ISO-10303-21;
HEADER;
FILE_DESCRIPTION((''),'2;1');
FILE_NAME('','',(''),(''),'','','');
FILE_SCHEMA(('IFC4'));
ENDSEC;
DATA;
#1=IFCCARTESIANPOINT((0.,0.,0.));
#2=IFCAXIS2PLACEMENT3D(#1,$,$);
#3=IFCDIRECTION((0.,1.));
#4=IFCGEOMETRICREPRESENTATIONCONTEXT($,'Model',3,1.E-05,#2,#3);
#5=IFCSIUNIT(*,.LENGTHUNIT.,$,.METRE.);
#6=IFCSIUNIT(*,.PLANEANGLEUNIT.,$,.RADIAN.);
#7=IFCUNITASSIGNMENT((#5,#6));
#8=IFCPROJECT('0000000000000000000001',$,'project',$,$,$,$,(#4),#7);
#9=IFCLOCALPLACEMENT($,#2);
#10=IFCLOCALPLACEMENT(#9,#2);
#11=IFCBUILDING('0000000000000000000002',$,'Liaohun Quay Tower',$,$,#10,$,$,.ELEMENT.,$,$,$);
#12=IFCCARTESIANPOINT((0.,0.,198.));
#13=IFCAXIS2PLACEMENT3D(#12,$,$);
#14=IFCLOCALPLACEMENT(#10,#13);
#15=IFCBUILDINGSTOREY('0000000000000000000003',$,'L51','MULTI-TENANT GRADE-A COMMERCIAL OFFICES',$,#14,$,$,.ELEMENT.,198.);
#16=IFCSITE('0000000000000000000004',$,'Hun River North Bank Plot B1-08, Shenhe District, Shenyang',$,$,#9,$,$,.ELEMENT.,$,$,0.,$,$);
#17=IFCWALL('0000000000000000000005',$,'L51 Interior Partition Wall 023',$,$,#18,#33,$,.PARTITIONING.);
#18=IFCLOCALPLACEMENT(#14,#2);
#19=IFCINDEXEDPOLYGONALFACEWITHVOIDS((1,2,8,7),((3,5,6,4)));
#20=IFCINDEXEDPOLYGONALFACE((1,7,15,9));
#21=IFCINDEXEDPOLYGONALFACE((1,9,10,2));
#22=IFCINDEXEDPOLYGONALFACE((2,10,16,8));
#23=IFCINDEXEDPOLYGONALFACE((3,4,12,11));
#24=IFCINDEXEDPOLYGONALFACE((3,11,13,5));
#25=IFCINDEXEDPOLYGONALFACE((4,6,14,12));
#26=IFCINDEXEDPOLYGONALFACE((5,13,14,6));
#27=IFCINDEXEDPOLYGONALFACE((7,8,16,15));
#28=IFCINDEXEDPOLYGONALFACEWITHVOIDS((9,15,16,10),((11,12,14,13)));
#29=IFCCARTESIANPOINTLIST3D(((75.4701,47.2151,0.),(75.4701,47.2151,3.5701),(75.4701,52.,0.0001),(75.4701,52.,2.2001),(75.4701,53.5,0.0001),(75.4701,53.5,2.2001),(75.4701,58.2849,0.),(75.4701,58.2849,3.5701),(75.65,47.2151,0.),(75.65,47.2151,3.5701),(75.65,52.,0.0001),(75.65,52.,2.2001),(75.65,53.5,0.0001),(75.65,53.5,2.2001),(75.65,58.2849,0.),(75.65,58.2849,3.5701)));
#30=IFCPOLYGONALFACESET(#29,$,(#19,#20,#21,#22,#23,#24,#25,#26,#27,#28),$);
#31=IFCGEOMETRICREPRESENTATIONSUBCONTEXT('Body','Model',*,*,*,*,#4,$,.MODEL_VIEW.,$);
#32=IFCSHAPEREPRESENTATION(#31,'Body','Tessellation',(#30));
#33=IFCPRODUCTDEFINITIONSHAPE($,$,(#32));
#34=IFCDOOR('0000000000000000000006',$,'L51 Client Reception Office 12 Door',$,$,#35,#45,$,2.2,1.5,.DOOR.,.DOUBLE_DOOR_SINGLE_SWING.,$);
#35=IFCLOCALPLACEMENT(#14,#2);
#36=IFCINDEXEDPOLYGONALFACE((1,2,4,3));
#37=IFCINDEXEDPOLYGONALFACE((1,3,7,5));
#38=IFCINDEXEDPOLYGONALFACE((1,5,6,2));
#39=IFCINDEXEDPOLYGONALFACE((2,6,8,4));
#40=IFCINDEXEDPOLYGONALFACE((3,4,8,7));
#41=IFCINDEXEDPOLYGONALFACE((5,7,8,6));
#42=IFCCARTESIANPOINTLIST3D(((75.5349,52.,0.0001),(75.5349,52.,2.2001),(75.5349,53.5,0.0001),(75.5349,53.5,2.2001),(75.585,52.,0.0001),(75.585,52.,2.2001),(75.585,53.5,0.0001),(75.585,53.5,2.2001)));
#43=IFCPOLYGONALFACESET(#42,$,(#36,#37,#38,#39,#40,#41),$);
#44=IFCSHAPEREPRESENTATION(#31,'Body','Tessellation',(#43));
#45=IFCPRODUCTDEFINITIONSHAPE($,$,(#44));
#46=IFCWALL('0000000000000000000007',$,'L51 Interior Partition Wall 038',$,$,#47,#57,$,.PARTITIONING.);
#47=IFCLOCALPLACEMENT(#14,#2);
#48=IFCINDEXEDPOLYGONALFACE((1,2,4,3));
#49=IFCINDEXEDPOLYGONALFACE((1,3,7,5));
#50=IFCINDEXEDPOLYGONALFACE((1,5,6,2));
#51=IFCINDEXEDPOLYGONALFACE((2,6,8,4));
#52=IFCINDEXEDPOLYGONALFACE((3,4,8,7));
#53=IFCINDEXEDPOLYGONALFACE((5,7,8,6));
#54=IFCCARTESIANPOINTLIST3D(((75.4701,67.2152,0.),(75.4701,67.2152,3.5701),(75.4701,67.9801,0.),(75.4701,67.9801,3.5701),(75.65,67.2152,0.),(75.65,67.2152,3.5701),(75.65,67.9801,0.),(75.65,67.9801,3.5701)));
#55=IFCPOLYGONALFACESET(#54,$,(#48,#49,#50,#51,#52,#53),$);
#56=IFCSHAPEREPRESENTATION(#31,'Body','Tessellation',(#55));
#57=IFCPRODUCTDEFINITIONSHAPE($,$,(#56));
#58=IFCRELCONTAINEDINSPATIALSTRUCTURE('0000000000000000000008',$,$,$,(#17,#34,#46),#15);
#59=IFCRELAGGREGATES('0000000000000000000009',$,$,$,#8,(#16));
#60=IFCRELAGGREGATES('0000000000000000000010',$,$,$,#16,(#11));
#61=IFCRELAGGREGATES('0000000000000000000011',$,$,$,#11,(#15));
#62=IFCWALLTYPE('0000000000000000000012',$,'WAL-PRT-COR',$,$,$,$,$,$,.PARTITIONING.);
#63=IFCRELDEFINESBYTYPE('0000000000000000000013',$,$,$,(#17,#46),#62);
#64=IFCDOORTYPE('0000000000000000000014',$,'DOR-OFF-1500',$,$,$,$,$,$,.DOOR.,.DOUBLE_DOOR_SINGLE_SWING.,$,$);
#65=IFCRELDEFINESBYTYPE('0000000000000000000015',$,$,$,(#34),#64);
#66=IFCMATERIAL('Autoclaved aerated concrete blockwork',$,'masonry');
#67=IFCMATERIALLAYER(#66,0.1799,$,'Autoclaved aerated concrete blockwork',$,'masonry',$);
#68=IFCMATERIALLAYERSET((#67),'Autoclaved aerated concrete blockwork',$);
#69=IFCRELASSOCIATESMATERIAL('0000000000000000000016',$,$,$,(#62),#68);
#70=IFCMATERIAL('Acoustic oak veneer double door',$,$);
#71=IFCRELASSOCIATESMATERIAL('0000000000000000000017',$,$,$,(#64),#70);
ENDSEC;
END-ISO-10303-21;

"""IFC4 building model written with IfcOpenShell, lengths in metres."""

from ifc_helpers import new_model, si_unit, direction, frame, frame_2d, origin, place, context, subcontext, project, spatial, rectangle, extrude, source, transform, mapped, material, layer, layer_set, type_object, element, fill, save


model = new_model("IFC4")

# Units and contexts
model_context = context("Model", 3, precision=1e-05, world=origin(), true_north=direction((0.0, 1.0)))
body_context = subcontext(model_context, "Body", "Model", "MODEL_VIEW")
ifc_project = project(units=[si_unit("LENGTHUNIT", "METRE"), si_unit("PLANEANGLEUNIT", "RADIAN")], contexts=[model_context])

# Site, building, storey
site_placement = place(None, origin())
site = spatial("IfcSite", under=ifc_project, at=site_placement, Name="Hun River North Bank Plot B1-08, Shenhe District, Shenyang", CompositionType="ELEMENT", RefElevation=0.0)
building_placement = place(site_placement, origin())
building = spatial("IfcBuilding", under=site, at=building_placement, Name="Liaohun Quay Tower", CompositionType="ELEMENT")
storey_placement = place(building_placement, frame((0.0, 0.0, 198.0)))
storey = spatial("IfcBuildingStorey", under=building, at=storey_placement, Name="L51", Description="MULTI-TENANT GRADE-A COMMERCIAL OFFICES", CompositionType="ELEMENT", Elevation=198.0)

# Wall, opening, door
ifc_material_1 = material(Name="Autoclaved aerated concrete blockwork", Category="masonry")
ifc_layer_1 = layer(ifc_material_1, 0.1799, Name="Autoclaved aerated concrete blockwork", Category="masonry")
ifc_layer_set_1 = layer_set([ifc_layer_1], Name="Autoclaved aerated concrete blockwork")
wall_type_1 = type_object("IfcWallType", Name="WAL-PRT-COR", PredefinedType="PARTITIONING", material=ifc_layer_set_1)
shared_shape_1 = source(origin(), body_context, "Body", "SweptSolid", [
    extrude(rectangle(XDim=1.5, YDim=2.2, at=frame_2d((0.75, 1.1001))), frame((0.0, 0.0999, 0.0), z_axis=(0.0, -1.0, 0.0), x_axis=(1.0, 0.0, 0.0)), (0.0, 0.0, 1.0), 0.2),
])
ifc_material_2 = material(Name="Acoustic oak veneer double door")
door_type = type_object("IfcDoorType", Name="DOR-OFF-1500", OperationType="DOUBLE_DOOR_SINGLE_SWING", PredefinedType="DOOR", material=ifc_material_2)
shared_shape_2 = source(origin(), body_context, "Body", "SweptSolid", [
    extrude(rectangle(XDim=1.5, YDim=2.2, at=frame_2d((0.75, 1.1001))), frame((0.0, 0.0249, 0.0), z_axis=(0.0, -1.0, 0.0), x_axis=(1.0, 0.0, 0.0)), (0.0, 0.0, 1.0), 0.05),
])
wall_1_placement = place(storey_placement, frame((75.5601, 58.2849, 0.0), z_axis=(0.0, 0.0, 1.0), x_axis=(0.0, -1.0, 0.0)))
wall_1 = element("IfcWall", 1, at=wall_1_placement, inside=storey, type_object=wall_type_1, Name="L51 Interior Partition Wall 023", PredefinedType="PARTITIONING", context=body_context, shape_type="SweptSolid", body=[
    extrude(rectangle(XDim=11.0698, YDim=0.1799, at=frame_2d((5.5349, 0.0))), origin(), (0.0, 0.0, 1.0), 3.5701),
])
opening_1_placement = place(wall_1_placement, frame((4.7849, 0.0, 0.0)))
opening_1 = element("IfcOpeningElement", 2, at=opening_1_placement, cuts=wall_1, PredefinedType="OPENING", context=body_context, shape_type="MappedRepresentation", body=[
    mapped(shared_shape_1, transform((0.0, 0.0, 0.0), x_axis=(1.0, 0.0, 0.0), y_axis=(0.0, 1.0, 0.0), z_axis=(0.0, 0.0, 1.0), scale=1.0)),
])
door_1_placement = place(opening_1_placement, origin())
door_1 = element("IfcDoor", 3, at=door_1_placement, inside=storey, type_object=door_type, Name="L51 Client Reception Office 12 Door", OperationType="DOUBLE_DOOR_SINGLE_SWING", OverallHeight=2.2, OverallWidth=1.5, PredefinedType="DOOR", context=body_context, shape_type="MappedRepresentation", body=[
    mapped(shared_shape_2, transform((0.0, 0.0, 0.0), x_axis=(1.0, 0.0, 0.0), y_axis=(0.0, 1.0, 0.0), z_axis=(0.0, 0.0, 1.0), scale=1.0)),
])
fill(opening_1, door_1)

# Wall
wall_2_placement = place(storey_placement, frame((75.5601, 67.98, 0.0), z_axis=(0.0, 0.0, 1.0), x_axis=(0.0, -1.0, 0.0)))
element("IfcWall", 4, at=wall_2_placement, inside=storey, type_object=wall_type_1, Name="L51 Interior Partition Wall 038", PredefinedType="PARTITIONING", context=body_context, shape_type="SweptSolid", body=[
    extrude(rectangle(XDim=0.7649, YDim=0.1799, at=frame_2d((0.3823, 0.0))), origin(), (0.0, 0.0, 1.0), 3.5701),
])

save(model, "model.ifc")
